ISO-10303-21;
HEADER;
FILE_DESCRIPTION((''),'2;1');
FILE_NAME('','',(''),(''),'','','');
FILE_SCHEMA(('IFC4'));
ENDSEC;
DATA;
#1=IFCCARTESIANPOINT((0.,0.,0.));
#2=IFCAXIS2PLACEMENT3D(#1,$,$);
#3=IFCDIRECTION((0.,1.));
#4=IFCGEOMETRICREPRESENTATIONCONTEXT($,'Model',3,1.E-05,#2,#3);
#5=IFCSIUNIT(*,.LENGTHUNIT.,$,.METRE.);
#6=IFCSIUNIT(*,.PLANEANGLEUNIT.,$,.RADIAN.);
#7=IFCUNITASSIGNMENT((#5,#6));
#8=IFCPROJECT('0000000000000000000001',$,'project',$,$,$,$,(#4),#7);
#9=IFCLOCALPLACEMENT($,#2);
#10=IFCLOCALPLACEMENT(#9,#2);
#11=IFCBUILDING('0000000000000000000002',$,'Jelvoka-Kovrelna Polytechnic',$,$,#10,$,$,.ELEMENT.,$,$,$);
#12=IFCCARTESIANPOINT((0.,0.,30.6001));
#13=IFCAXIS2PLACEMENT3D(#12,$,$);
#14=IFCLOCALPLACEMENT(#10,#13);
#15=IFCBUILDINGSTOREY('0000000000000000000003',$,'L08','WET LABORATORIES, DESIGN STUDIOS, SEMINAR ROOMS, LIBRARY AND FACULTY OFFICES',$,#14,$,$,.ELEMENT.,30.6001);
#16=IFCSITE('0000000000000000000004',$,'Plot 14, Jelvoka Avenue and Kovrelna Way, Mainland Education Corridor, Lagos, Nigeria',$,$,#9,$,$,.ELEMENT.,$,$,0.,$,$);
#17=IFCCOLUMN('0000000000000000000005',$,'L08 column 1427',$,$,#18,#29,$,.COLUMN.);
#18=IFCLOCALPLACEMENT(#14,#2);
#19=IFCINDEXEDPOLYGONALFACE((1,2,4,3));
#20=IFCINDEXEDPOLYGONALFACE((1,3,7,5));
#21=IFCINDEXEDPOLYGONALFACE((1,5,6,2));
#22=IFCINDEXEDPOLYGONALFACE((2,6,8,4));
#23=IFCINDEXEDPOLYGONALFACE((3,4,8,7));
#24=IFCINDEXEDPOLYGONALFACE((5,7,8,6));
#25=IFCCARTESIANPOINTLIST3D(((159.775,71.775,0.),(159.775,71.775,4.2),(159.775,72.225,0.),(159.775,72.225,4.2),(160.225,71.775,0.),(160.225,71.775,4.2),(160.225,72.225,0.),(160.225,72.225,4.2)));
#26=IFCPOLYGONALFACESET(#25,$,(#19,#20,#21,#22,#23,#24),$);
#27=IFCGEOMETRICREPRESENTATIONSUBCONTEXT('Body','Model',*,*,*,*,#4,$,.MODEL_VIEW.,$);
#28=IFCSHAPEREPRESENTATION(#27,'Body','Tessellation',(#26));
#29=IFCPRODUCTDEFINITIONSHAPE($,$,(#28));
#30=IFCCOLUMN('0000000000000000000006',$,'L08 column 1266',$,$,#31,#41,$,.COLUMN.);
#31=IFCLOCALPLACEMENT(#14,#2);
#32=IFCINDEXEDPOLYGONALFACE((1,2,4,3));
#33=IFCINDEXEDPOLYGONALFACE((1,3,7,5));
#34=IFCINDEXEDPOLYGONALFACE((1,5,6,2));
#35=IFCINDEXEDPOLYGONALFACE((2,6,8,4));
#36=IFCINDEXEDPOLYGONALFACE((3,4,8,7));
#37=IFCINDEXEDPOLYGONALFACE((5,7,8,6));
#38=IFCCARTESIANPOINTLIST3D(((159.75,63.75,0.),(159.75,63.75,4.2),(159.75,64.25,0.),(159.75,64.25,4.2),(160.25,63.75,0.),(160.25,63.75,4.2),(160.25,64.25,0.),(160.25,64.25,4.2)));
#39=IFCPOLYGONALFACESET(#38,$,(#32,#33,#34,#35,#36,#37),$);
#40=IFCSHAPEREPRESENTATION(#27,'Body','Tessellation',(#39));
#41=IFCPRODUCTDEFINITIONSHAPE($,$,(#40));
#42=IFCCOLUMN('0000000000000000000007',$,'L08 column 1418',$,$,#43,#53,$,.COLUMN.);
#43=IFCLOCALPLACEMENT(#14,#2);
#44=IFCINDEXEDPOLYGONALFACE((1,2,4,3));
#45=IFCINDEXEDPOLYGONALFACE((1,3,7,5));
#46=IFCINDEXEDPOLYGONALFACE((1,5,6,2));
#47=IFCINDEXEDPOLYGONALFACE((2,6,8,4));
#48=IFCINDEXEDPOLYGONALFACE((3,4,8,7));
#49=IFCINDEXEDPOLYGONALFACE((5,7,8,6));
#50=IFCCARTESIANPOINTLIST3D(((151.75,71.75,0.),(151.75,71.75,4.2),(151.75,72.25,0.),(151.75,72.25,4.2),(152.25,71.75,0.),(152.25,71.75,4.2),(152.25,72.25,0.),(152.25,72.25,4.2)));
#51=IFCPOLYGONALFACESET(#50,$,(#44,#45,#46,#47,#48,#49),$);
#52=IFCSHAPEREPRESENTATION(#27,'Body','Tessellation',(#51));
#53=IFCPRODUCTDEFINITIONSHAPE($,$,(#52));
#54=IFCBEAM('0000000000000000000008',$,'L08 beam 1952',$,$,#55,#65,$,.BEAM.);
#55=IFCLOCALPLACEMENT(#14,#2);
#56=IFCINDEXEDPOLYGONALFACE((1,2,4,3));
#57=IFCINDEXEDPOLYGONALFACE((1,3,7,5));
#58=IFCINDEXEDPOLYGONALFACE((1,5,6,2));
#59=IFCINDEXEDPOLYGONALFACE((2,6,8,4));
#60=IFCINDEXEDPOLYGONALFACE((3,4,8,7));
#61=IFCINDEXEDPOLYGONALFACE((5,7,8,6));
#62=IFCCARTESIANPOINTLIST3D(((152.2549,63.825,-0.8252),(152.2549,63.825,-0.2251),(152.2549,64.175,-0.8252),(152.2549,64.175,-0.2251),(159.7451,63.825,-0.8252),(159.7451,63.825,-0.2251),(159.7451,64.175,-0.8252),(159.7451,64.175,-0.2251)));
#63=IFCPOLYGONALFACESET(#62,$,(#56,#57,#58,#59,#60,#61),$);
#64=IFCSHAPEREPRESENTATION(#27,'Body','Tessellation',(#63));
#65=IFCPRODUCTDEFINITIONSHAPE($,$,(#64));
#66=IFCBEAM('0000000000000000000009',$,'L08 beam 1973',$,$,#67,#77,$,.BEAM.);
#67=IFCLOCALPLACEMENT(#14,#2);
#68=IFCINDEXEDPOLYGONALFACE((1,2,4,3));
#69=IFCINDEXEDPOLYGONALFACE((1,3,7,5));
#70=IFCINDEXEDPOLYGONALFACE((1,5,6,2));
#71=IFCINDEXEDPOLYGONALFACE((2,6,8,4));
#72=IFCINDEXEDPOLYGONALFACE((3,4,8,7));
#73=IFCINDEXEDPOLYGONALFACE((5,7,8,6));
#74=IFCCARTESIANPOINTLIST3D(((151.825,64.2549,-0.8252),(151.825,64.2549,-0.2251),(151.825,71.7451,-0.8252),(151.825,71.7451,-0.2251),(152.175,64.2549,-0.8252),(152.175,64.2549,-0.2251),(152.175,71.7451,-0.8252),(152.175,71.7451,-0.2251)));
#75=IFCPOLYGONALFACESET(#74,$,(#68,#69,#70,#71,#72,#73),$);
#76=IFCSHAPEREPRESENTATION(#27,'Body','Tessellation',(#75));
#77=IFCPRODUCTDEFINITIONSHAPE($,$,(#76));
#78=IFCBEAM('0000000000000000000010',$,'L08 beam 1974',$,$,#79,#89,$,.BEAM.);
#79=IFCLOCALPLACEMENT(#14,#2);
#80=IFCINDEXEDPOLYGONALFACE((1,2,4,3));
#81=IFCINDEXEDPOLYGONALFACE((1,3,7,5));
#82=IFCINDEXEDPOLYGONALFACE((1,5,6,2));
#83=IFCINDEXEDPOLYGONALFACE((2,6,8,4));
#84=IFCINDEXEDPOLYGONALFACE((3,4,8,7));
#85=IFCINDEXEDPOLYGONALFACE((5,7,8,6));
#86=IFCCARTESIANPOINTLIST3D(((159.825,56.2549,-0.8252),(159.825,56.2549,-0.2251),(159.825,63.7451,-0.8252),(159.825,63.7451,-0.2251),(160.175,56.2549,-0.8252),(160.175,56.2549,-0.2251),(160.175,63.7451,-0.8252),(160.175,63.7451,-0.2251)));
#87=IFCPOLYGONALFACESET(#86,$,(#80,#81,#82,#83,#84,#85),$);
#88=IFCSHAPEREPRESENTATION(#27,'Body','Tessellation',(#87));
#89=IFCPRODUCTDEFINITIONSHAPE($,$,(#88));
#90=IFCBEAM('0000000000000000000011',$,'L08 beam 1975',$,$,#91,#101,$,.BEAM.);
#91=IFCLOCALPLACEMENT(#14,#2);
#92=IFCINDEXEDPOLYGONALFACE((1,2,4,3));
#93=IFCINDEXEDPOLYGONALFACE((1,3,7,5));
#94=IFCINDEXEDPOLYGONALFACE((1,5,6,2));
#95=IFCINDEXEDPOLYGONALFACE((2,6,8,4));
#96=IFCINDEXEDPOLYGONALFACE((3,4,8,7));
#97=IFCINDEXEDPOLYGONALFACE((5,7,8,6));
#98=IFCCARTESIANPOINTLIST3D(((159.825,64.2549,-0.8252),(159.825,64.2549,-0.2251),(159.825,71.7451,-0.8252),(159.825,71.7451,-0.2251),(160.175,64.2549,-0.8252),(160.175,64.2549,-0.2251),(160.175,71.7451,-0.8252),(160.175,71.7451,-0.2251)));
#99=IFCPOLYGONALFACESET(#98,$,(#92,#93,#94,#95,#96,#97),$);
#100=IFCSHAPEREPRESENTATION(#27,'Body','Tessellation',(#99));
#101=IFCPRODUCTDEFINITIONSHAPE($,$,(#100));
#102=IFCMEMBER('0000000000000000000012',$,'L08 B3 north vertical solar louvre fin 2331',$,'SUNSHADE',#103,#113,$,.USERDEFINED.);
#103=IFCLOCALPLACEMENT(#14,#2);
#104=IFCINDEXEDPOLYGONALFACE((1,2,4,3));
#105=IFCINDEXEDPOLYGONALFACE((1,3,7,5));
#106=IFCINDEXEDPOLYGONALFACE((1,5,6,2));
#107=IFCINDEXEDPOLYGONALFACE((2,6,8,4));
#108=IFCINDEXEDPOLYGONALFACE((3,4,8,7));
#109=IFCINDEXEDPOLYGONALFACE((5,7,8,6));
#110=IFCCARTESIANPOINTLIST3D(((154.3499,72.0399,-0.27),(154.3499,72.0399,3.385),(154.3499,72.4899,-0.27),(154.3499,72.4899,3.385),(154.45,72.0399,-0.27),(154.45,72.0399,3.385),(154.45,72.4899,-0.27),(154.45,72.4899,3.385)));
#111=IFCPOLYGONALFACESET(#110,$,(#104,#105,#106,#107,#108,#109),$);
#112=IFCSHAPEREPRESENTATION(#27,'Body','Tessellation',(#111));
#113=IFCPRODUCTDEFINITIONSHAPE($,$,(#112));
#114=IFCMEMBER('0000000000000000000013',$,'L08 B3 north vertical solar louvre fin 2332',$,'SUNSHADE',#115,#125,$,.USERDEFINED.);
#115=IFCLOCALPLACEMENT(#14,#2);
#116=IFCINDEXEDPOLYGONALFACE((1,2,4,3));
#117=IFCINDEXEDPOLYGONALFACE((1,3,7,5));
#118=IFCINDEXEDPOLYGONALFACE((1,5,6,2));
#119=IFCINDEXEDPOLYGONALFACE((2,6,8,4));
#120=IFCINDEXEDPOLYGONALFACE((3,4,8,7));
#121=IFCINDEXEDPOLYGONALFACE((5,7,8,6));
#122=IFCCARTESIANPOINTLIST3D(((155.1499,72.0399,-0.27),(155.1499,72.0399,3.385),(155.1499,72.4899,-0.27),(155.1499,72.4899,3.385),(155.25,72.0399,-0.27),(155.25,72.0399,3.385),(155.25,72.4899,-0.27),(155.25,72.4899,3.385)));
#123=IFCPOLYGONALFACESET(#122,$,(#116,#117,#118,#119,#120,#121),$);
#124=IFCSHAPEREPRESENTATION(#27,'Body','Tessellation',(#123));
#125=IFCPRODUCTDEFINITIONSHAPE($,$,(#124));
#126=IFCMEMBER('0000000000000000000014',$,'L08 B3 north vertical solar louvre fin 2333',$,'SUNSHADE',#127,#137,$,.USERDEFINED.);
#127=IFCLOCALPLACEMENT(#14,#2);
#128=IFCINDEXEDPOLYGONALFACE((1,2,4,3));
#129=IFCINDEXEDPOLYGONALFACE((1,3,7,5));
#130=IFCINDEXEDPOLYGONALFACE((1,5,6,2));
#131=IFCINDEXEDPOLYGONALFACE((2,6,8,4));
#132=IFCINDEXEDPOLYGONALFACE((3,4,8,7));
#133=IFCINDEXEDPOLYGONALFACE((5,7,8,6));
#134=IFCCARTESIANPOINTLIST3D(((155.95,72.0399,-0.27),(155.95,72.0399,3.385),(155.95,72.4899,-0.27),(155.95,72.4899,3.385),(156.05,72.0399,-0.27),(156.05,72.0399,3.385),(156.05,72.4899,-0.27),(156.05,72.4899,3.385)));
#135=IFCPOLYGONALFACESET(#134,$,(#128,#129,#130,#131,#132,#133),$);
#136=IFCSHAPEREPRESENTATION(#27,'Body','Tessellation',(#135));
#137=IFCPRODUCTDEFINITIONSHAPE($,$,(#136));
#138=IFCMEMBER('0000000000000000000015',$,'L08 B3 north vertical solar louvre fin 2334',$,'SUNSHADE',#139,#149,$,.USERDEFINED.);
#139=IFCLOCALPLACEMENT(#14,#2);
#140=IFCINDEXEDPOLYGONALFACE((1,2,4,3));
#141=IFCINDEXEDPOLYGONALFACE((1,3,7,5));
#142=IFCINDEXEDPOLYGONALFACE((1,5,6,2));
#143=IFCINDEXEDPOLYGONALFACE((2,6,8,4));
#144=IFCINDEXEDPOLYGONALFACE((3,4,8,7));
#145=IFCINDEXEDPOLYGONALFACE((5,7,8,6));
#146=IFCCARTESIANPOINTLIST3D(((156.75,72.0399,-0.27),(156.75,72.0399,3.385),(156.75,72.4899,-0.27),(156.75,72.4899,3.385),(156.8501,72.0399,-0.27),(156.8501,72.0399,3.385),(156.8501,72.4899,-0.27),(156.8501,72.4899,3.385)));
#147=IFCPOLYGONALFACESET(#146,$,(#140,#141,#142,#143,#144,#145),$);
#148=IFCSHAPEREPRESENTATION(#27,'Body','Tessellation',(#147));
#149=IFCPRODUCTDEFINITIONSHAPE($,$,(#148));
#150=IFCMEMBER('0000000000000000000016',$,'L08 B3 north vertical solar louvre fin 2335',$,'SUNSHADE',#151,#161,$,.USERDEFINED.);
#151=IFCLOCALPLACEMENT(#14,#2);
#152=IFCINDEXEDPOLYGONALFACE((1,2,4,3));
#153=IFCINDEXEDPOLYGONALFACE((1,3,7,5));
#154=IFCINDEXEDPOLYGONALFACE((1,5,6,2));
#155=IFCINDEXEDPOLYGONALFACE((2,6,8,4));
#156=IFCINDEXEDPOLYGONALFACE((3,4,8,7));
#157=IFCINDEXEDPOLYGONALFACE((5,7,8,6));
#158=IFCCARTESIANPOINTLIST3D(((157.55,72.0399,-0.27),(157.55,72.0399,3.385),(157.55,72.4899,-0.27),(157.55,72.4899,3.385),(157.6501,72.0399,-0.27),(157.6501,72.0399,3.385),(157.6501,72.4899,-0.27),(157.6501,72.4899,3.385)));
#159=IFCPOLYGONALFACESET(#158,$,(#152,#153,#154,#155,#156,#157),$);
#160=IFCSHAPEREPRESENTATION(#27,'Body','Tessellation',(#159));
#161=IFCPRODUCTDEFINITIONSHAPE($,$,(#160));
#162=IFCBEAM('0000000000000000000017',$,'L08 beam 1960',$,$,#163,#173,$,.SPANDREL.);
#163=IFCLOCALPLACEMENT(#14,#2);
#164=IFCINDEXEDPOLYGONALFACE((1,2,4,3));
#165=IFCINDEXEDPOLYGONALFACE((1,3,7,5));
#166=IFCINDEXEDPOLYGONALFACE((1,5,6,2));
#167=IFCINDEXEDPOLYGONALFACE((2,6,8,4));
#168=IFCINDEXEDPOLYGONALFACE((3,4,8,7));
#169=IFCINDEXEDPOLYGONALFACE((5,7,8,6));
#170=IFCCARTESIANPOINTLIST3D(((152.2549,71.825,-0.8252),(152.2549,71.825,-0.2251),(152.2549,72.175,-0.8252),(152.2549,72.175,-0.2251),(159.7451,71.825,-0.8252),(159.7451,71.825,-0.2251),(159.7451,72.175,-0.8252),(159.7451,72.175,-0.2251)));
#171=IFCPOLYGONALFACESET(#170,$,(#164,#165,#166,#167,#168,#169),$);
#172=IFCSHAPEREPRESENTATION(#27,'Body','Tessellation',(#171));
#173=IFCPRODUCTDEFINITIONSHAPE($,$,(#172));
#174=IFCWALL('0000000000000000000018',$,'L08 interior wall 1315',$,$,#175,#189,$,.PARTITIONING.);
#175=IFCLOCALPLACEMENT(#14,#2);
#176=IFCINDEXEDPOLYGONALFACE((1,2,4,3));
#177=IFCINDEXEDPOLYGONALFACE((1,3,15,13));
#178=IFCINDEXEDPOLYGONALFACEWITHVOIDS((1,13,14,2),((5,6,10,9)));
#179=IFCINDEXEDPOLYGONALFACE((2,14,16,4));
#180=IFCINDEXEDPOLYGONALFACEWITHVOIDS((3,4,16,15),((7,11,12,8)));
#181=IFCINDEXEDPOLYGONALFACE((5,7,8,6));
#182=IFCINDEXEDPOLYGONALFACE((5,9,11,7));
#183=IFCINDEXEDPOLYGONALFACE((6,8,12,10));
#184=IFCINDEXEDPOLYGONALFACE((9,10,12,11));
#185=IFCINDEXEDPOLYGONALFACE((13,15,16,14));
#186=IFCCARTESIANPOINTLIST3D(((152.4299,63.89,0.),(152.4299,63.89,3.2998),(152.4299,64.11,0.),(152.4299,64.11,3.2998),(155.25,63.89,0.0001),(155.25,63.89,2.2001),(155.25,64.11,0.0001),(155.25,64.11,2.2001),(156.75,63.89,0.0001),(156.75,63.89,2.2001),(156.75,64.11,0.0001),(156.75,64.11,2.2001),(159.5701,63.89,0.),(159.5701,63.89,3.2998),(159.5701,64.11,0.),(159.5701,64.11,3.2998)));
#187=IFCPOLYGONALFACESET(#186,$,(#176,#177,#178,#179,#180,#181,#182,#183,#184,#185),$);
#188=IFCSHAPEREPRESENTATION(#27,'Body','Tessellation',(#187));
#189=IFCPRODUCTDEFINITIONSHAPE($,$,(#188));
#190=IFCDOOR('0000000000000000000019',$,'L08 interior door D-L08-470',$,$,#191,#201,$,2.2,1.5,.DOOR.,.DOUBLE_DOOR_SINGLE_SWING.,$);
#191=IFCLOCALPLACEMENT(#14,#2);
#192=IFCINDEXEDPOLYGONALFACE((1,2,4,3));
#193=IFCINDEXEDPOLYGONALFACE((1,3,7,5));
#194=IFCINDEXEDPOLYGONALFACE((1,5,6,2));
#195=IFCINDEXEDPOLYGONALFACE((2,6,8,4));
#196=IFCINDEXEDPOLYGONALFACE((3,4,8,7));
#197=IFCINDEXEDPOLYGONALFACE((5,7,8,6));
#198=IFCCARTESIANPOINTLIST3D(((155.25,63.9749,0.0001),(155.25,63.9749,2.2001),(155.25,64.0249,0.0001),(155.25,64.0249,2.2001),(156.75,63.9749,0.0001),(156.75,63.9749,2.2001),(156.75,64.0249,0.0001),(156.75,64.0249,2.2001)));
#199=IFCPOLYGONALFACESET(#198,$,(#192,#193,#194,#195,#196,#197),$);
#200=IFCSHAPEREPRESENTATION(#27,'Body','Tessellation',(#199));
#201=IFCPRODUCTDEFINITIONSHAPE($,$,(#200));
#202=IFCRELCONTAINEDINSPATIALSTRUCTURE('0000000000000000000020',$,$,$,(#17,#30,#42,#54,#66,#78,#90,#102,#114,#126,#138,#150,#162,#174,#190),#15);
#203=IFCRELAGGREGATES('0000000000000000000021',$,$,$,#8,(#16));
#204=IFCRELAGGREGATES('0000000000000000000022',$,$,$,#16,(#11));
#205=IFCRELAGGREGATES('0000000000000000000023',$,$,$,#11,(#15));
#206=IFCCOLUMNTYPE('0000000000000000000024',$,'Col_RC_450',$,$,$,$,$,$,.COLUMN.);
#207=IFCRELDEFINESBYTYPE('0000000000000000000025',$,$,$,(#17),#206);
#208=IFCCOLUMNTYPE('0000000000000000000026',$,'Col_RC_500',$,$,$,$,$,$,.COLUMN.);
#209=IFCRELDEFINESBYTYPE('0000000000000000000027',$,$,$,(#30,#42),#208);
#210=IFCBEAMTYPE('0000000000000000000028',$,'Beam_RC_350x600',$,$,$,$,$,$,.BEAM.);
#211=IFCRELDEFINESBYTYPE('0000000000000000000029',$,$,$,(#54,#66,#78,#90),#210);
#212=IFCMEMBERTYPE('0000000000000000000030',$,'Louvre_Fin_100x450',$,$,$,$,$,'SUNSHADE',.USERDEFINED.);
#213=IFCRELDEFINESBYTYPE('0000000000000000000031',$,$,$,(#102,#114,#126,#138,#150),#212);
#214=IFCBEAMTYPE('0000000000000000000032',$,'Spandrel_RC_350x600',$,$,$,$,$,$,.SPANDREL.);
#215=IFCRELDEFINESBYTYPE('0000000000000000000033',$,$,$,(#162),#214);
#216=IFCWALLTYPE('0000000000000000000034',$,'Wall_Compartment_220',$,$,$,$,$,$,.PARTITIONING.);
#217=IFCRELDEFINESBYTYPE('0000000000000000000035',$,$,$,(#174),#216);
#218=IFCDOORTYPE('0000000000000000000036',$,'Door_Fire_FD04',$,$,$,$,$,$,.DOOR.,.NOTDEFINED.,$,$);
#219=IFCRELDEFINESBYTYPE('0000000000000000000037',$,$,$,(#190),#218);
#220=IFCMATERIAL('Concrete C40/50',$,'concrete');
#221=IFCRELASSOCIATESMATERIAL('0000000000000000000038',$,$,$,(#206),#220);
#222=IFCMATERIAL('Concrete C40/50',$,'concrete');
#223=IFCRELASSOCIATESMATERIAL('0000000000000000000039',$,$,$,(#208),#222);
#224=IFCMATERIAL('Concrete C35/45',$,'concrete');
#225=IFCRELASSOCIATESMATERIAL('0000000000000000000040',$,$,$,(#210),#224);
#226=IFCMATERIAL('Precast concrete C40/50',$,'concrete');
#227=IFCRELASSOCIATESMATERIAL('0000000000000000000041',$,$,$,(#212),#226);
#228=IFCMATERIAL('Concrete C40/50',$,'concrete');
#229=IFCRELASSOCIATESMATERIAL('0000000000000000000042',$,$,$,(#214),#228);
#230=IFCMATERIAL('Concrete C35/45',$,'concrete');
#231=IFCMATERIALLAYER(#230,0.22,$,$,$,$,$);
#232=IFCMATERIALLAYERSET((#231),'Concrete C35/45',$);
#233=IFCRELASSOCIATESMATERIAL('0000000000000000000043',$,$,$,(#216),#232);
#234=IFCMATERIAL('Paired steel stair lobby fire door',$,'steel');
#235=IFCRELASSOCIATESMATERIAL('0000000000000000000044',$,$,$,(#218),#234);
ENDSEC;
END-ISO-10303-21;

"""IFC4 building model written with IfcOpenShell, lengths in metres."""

from ifc_helpers import new_model, si_unit, direction, frame, frame_2d, origin, origin_2d, place, context, subcontext, project, spatial, rectangle, extrude, material, layer, layer_set, material_profile, profile_set, type_object, element, fill, save


model = new_model("IFC4")

# Units and contexts
model_context = context("Model", 3, precision=1e-05, world=origin(), true_north=direction((0.0, 1.0)))
body_context = subcontext(model_context, "Body", "Model", "MODEL_VIEW")
ifc_project = project(units=[si_unit("LENGTHUNIT", "METRE"), si_unit("PLANEANGLEUNIT", "RADIAN")], contexts=[model_context])

# Site, building, storey
site_placement = place(None, origin())
site = spatial("IfcSite", under=ifc_project, at=site_placement, Name="Plot 14, Jelvoka Avenue and Kovrelna Way, Mainland Education Corridor, Lagos, Nigeria", CompositionType="ELEMENT", RefElevation=0.0)
building_placement = place(site_placement, origin())
building = spatial("IfcBuilding", under=site, at=building_placement, Name="Jelvoka-Kovrelna Polytechnic", CompositionType="ELEMENT")
storey_placement = place(building_placement, frame((0.0, 0.0, 30.6001)))
storey = spatial("IfcBuildingStorey", under=building, at=storey_placement, Name="L08", Description="WET LABORATORIES, DESIGN STUDIOS, SEMINAR ROOMS, LIBRARY AND FACULTY OFFICES", CompositionType="ELEMENT", Elevation=30.6001)

# Columns
ifc_material_1 = material(Name="Concrete C40/50", Category="concrete")
ifc_material_profile_1 = material_profile(ifc_material_1, rectangle(XDim=0.45, YDim=0.45, at=origin_2d()), Name="RC 450x450")
ifc_profile_set_1 = profile_set([ifc_material_profile_1], Name="Concrete C40/50")
column_type_1 = type_object("IfcColumnType", Name="Col_RC_450", PredefinedType="COLUMN", material=ifc_profile_set_1)
column_placement = place(storey_placement, frame((160.0, 72.0, 0.0), z_axis=(0.0, 0.0, 1.0), x_axis=(1.0, 0.0, 0.0)))
element("IfcColumn", 1, at=column_placement, inside=storey, type_object=column_type_1, Name="L08 column 1427", PredefinedType="COLUMN", context=body_context, shape_type="SweptSolid", body=[
    extrude(rectangle(XDim=0.45, YDim=0.45, at=origin_2d()), origin(), (0.0, 0.0, 1.0), 4.2),
])
ifc_material_2 = material(Name="Concrete C40/50", Category="concrete")
ifc_material_profile_2 = material_profile(ifc_material_2, rectangle(XDim=0.5, YDim=0.5, at=origin_2d()), Name="RC 500x500")
ifc_profile_set_2 = profile_set([ifc_material_profile_2], Name="Concrete C40/50")
column_type_2 = type_object("IfcColumnType", Name="Col_RC_500", PredefinedType="COLUMN", material=ifc_profile_set_2)
for number, where, z_axis, x_axis, name in (
    (2, (160.0, 64.0, 0.0), (0.0, 0.0, 1.0), (1.0, 0.0, 0.0), "L08 column 1266"),
    (3, (152.0, 72.0, 0.0), (0.0, 0.0, 1.0), (1.0, 0.0, 0.0), "L08 column 1418"),
):
    element("IfcColumn", number, at=place(storey_placement, frame(where, z_axis=z_axis, x_axis=x_axis)), inside=storey, type_object=column_type_2, Name=name, PredefinedType="COLUMN", context=body_context, shape_type="SweptSolid", body=[
        extrude(rectangle(XDim=0.5, YDim=0.5, at=origin_2d()), origin(), (0.0, 0.0, 1.0), 4.2),
    ])

# Beams
ifc_material_3 = material(Name="Concrete C35/45", Category="concrete")
ifc_material_profile_3 = material_profile(ifc_material_3, rectangle(XDim=0.3501, YDim=0.6001, at=origin_2d()), Name="RC 350x600")
ifc_profile_set_3 = profile_set([ifc_material_profile_3], Name="Concrete C35/45")
beam_type_1 = type_object("IfcBeamType", Name="Beam_RC_350x600", PredefinedType="BEAM", material=ifc_profile_set_3)
for number, where, z_axis, x_axis, name in (
    (4, (152.2549, 64.0, -0.5251), (1.0, 0.0, 0.0), (0.0, 1.0, 0.0), "L08 beam 1952"),
    (5, (152.0, 64.2549, -0.5251), (0.0, 1.0, 0.0), (-1.0, 0.0, 0.0), "L08 beam 1973"),
    (6, (160.0, 56.2549, -0.5251), (0.0, 1.0, 0.0), (-1.0, 0.0, 0.0), "L08 beam 1974"),
    (7, (160.0, 64.2549, -0.5251), (0.0, 1.0, 0.0), (-1.0, 0.0, 0.0), "L08 beam 1975"),
):
    element("IfcBeam", number, at=place(storey_placement, frame(where, z_axis=z_axis, x_axis=x_axis)), inside=storey, type_object=beam_type_1, Name=name, PredefinedType="BEAM", context=body_context, shape_type="SweptSolid", body=[
        extrude(rectangle(XDim=0.3501, YDim=0.6001, at=origin_2d()), origin(), (0.0, 0.0, 1.0), 7.4902),
    ])

# Members
ifc_material_4 = material(Name="Precast concrete C40/50", Category="concrete")
ifc_material_profile_4 = material_profile(ifc_material_4, rectangle(XDim=0.1001, YDim=0.45, at=origin_2d()), Name="PC 100x450")
ifc_profile_set_4 = profile_set([ifc_material_profile_4], Name="Precast concrete C40/50")
member_type = type_object("IfcMemberType", Name="Louvre_Fin_100x450", ElementType="SUNSHADE", PredefinedType="USERDEFINED", material=ifc_profile_set_4)
for number, where, z_axis, x_axis, name in (
    (8, (154.3999, 72.2649, -0.27), (0.0, 0.0, 1.0), (1.0, 0.0, 0.0), "L08 B3 north vertical solar louvre fin 2331"),
    (9, (155.2, 72.2649, -0.27), (0.0, 0.0, 1.0), (1.0, 0.0, 0.0), "L08 B3 north vertical solar louvre fin 2332"),
    (10, (156.0, 72.2649, -0.27), (0.0, 0.0, 1.0), (1.0, 0.0, 0.0), "L08 B3 north vertical solar louvre fin 2333"),
    (11, (156.8, 72.2649, -0.27), (0.0, 0.0, 1.0), (1.0, 0.0, 0.0), "L08 B3 north vertical solar louvre fin 2334"),
    (12, (157.6001, 72.2649, -0.27), (0.0, 0.0, 1.0), (1.0, 0.0, 0.0), "L08 B3 north vertical solar louvre fin 2335"),
):
    element("IfcMember", number, at=place(storey_placement, frame(where, z_axis=z_axis, x_axis=x_axis)), inside=storey, type_object=member_type, Name=name, ObjectType="SUNSHADE", PredefinedType="USERDEFINED", context=body_context, shape_type="SweptSolid", body=[
        extrude(rectangle(XDim=0.1001, YDim=0.45, at=origin_2d()), origin(), (0.0, 0.0, 1.0), 3.655),
    ])

# Beam
ifc_material_5 = material(Name="Concrete C40/50", Category="concrete")
ifc_material_profile_5 = material_profile(ifc_material_5, rectangle(XDim=0.3501, YDim=0.6001, at=origin_2d()), Name="RC 350x600")
ifc_profile_set_5 = profile_set([ifc_material_profile_5], Name="Concrete C40/50")
beam_type_2 = type_object("IfcBeamType", Name="Spandrel_RC_350x600", PredefinedType="SPANDREL", material=ifc_profile_set_5)
beam_placement = place(storey_placement, frame((152.2549, 72.0, -0.5251), z_axis=(1.0, 0.0, 0.0), x_axis=(0.0, 1.0, 0.0)))
element("IfcBeam", 13, at=beam_placement, inside=storey, type_object=beam_type_2, Name="L08 beam 1960", PredefinedType="SPANDREL", context=body_context, shape_type="SweptSolid", body=[
    extrude(rectangle(XDim=0.3501, YDim=0.6001, at=origin_2d()), origin(), (0.0, 0.0, 1.0), 7.4902),
])

# Wall, opening, door
ifc_material_6 = material(Name="Concrete C35/45", Category="concrete")
ifc_layer_1 = layer(ifc_material_6, 0.22)
ifc_layer_set_1 = layer_set([ifc_layer_1], Name="Concrete C35/45")
wall_type_1 = type_object("IfcWallType", Name="Wall_Compartment_220", PredefinedType="PARTITIONING", material=ifc_layer_set_1)
wall_1_placement = place(storey_placement, frame((152.4299, 64.0, 0.0), z_axis=(0.0, 0.0, 1.0), x_axis=(1.0, 0.0, 0.0)))
wall_1 = element("IfcWall", 14, at=wall_1_placement, inside=storey, type_object=wall_type_1, Name="L08 interior wall 1315", PredefinedType="PARTITIONING", context=body_context, shape_type="SweptSolid", body=[
    extrude(rectangle(XDim=7.1401, YDim=0.22, at=frame_2d((3.5701, 0.0))), origin(), (0.0, 0.0, 1.0), 3.2998),
])
opening_1_placement = place(wall_1_placement, frame((2.8201, 0.0, 0.0)))
opening_1 = element("IfcOpeningElement", 15, at=opening_1_placement, cuts=wall_1, PredefinedType="OPENING", context=body_context, shape_type="SweptSolid", body=[
    extrude(rectangle(XDim=1.5, YDim=2.2, at=frame_2d((0.75, 1.1001))), frame((0.0, 0.1199, 0.0), z_axis=(0.0, -1.0, 0.0), x_axis=(1.0, 0.0, 0.0)), (0.0, 0.0, 1.0), 0.24),
])
ifc_material_7 = material(Name="Paired steel stair lobby fire door", Category="steel")
door_type_1 = type_object("IfcDoorType", Name="Door_Fire_FD04", OperationType="NOTDEFINED", PredefinedType="DOOR", material=ifc_material_7)
door_1_placement = place(opening_1_placement, origin())
door_1 = element("IfcDoor", 16, at=door_1_placement, inside=storey, type_object=door_type_1, Name="L08 interior door D-L08-470", OperationType="DOUBLE_DOOR_SINGLE_SWING", OverallHeight=2.2, OverallWidth=1.5, PredefinedType="DOOR", context=body_context, shape_type="SweptSolid", body=[
    extrude(rectangle(XDim=1.5, YDim=2.2, at=frame_2d((0.75, 1.1001))), frame((0.0, 0.0249, 0.0), z_axis=(0.0, -1.0, 0.0), x_axis=(1.0, 0.0, 0.0)), (0.0, 0.0, 1.0), 0.05),
])
fill(opening_1, door_1)

save(model, "model.ifc")
